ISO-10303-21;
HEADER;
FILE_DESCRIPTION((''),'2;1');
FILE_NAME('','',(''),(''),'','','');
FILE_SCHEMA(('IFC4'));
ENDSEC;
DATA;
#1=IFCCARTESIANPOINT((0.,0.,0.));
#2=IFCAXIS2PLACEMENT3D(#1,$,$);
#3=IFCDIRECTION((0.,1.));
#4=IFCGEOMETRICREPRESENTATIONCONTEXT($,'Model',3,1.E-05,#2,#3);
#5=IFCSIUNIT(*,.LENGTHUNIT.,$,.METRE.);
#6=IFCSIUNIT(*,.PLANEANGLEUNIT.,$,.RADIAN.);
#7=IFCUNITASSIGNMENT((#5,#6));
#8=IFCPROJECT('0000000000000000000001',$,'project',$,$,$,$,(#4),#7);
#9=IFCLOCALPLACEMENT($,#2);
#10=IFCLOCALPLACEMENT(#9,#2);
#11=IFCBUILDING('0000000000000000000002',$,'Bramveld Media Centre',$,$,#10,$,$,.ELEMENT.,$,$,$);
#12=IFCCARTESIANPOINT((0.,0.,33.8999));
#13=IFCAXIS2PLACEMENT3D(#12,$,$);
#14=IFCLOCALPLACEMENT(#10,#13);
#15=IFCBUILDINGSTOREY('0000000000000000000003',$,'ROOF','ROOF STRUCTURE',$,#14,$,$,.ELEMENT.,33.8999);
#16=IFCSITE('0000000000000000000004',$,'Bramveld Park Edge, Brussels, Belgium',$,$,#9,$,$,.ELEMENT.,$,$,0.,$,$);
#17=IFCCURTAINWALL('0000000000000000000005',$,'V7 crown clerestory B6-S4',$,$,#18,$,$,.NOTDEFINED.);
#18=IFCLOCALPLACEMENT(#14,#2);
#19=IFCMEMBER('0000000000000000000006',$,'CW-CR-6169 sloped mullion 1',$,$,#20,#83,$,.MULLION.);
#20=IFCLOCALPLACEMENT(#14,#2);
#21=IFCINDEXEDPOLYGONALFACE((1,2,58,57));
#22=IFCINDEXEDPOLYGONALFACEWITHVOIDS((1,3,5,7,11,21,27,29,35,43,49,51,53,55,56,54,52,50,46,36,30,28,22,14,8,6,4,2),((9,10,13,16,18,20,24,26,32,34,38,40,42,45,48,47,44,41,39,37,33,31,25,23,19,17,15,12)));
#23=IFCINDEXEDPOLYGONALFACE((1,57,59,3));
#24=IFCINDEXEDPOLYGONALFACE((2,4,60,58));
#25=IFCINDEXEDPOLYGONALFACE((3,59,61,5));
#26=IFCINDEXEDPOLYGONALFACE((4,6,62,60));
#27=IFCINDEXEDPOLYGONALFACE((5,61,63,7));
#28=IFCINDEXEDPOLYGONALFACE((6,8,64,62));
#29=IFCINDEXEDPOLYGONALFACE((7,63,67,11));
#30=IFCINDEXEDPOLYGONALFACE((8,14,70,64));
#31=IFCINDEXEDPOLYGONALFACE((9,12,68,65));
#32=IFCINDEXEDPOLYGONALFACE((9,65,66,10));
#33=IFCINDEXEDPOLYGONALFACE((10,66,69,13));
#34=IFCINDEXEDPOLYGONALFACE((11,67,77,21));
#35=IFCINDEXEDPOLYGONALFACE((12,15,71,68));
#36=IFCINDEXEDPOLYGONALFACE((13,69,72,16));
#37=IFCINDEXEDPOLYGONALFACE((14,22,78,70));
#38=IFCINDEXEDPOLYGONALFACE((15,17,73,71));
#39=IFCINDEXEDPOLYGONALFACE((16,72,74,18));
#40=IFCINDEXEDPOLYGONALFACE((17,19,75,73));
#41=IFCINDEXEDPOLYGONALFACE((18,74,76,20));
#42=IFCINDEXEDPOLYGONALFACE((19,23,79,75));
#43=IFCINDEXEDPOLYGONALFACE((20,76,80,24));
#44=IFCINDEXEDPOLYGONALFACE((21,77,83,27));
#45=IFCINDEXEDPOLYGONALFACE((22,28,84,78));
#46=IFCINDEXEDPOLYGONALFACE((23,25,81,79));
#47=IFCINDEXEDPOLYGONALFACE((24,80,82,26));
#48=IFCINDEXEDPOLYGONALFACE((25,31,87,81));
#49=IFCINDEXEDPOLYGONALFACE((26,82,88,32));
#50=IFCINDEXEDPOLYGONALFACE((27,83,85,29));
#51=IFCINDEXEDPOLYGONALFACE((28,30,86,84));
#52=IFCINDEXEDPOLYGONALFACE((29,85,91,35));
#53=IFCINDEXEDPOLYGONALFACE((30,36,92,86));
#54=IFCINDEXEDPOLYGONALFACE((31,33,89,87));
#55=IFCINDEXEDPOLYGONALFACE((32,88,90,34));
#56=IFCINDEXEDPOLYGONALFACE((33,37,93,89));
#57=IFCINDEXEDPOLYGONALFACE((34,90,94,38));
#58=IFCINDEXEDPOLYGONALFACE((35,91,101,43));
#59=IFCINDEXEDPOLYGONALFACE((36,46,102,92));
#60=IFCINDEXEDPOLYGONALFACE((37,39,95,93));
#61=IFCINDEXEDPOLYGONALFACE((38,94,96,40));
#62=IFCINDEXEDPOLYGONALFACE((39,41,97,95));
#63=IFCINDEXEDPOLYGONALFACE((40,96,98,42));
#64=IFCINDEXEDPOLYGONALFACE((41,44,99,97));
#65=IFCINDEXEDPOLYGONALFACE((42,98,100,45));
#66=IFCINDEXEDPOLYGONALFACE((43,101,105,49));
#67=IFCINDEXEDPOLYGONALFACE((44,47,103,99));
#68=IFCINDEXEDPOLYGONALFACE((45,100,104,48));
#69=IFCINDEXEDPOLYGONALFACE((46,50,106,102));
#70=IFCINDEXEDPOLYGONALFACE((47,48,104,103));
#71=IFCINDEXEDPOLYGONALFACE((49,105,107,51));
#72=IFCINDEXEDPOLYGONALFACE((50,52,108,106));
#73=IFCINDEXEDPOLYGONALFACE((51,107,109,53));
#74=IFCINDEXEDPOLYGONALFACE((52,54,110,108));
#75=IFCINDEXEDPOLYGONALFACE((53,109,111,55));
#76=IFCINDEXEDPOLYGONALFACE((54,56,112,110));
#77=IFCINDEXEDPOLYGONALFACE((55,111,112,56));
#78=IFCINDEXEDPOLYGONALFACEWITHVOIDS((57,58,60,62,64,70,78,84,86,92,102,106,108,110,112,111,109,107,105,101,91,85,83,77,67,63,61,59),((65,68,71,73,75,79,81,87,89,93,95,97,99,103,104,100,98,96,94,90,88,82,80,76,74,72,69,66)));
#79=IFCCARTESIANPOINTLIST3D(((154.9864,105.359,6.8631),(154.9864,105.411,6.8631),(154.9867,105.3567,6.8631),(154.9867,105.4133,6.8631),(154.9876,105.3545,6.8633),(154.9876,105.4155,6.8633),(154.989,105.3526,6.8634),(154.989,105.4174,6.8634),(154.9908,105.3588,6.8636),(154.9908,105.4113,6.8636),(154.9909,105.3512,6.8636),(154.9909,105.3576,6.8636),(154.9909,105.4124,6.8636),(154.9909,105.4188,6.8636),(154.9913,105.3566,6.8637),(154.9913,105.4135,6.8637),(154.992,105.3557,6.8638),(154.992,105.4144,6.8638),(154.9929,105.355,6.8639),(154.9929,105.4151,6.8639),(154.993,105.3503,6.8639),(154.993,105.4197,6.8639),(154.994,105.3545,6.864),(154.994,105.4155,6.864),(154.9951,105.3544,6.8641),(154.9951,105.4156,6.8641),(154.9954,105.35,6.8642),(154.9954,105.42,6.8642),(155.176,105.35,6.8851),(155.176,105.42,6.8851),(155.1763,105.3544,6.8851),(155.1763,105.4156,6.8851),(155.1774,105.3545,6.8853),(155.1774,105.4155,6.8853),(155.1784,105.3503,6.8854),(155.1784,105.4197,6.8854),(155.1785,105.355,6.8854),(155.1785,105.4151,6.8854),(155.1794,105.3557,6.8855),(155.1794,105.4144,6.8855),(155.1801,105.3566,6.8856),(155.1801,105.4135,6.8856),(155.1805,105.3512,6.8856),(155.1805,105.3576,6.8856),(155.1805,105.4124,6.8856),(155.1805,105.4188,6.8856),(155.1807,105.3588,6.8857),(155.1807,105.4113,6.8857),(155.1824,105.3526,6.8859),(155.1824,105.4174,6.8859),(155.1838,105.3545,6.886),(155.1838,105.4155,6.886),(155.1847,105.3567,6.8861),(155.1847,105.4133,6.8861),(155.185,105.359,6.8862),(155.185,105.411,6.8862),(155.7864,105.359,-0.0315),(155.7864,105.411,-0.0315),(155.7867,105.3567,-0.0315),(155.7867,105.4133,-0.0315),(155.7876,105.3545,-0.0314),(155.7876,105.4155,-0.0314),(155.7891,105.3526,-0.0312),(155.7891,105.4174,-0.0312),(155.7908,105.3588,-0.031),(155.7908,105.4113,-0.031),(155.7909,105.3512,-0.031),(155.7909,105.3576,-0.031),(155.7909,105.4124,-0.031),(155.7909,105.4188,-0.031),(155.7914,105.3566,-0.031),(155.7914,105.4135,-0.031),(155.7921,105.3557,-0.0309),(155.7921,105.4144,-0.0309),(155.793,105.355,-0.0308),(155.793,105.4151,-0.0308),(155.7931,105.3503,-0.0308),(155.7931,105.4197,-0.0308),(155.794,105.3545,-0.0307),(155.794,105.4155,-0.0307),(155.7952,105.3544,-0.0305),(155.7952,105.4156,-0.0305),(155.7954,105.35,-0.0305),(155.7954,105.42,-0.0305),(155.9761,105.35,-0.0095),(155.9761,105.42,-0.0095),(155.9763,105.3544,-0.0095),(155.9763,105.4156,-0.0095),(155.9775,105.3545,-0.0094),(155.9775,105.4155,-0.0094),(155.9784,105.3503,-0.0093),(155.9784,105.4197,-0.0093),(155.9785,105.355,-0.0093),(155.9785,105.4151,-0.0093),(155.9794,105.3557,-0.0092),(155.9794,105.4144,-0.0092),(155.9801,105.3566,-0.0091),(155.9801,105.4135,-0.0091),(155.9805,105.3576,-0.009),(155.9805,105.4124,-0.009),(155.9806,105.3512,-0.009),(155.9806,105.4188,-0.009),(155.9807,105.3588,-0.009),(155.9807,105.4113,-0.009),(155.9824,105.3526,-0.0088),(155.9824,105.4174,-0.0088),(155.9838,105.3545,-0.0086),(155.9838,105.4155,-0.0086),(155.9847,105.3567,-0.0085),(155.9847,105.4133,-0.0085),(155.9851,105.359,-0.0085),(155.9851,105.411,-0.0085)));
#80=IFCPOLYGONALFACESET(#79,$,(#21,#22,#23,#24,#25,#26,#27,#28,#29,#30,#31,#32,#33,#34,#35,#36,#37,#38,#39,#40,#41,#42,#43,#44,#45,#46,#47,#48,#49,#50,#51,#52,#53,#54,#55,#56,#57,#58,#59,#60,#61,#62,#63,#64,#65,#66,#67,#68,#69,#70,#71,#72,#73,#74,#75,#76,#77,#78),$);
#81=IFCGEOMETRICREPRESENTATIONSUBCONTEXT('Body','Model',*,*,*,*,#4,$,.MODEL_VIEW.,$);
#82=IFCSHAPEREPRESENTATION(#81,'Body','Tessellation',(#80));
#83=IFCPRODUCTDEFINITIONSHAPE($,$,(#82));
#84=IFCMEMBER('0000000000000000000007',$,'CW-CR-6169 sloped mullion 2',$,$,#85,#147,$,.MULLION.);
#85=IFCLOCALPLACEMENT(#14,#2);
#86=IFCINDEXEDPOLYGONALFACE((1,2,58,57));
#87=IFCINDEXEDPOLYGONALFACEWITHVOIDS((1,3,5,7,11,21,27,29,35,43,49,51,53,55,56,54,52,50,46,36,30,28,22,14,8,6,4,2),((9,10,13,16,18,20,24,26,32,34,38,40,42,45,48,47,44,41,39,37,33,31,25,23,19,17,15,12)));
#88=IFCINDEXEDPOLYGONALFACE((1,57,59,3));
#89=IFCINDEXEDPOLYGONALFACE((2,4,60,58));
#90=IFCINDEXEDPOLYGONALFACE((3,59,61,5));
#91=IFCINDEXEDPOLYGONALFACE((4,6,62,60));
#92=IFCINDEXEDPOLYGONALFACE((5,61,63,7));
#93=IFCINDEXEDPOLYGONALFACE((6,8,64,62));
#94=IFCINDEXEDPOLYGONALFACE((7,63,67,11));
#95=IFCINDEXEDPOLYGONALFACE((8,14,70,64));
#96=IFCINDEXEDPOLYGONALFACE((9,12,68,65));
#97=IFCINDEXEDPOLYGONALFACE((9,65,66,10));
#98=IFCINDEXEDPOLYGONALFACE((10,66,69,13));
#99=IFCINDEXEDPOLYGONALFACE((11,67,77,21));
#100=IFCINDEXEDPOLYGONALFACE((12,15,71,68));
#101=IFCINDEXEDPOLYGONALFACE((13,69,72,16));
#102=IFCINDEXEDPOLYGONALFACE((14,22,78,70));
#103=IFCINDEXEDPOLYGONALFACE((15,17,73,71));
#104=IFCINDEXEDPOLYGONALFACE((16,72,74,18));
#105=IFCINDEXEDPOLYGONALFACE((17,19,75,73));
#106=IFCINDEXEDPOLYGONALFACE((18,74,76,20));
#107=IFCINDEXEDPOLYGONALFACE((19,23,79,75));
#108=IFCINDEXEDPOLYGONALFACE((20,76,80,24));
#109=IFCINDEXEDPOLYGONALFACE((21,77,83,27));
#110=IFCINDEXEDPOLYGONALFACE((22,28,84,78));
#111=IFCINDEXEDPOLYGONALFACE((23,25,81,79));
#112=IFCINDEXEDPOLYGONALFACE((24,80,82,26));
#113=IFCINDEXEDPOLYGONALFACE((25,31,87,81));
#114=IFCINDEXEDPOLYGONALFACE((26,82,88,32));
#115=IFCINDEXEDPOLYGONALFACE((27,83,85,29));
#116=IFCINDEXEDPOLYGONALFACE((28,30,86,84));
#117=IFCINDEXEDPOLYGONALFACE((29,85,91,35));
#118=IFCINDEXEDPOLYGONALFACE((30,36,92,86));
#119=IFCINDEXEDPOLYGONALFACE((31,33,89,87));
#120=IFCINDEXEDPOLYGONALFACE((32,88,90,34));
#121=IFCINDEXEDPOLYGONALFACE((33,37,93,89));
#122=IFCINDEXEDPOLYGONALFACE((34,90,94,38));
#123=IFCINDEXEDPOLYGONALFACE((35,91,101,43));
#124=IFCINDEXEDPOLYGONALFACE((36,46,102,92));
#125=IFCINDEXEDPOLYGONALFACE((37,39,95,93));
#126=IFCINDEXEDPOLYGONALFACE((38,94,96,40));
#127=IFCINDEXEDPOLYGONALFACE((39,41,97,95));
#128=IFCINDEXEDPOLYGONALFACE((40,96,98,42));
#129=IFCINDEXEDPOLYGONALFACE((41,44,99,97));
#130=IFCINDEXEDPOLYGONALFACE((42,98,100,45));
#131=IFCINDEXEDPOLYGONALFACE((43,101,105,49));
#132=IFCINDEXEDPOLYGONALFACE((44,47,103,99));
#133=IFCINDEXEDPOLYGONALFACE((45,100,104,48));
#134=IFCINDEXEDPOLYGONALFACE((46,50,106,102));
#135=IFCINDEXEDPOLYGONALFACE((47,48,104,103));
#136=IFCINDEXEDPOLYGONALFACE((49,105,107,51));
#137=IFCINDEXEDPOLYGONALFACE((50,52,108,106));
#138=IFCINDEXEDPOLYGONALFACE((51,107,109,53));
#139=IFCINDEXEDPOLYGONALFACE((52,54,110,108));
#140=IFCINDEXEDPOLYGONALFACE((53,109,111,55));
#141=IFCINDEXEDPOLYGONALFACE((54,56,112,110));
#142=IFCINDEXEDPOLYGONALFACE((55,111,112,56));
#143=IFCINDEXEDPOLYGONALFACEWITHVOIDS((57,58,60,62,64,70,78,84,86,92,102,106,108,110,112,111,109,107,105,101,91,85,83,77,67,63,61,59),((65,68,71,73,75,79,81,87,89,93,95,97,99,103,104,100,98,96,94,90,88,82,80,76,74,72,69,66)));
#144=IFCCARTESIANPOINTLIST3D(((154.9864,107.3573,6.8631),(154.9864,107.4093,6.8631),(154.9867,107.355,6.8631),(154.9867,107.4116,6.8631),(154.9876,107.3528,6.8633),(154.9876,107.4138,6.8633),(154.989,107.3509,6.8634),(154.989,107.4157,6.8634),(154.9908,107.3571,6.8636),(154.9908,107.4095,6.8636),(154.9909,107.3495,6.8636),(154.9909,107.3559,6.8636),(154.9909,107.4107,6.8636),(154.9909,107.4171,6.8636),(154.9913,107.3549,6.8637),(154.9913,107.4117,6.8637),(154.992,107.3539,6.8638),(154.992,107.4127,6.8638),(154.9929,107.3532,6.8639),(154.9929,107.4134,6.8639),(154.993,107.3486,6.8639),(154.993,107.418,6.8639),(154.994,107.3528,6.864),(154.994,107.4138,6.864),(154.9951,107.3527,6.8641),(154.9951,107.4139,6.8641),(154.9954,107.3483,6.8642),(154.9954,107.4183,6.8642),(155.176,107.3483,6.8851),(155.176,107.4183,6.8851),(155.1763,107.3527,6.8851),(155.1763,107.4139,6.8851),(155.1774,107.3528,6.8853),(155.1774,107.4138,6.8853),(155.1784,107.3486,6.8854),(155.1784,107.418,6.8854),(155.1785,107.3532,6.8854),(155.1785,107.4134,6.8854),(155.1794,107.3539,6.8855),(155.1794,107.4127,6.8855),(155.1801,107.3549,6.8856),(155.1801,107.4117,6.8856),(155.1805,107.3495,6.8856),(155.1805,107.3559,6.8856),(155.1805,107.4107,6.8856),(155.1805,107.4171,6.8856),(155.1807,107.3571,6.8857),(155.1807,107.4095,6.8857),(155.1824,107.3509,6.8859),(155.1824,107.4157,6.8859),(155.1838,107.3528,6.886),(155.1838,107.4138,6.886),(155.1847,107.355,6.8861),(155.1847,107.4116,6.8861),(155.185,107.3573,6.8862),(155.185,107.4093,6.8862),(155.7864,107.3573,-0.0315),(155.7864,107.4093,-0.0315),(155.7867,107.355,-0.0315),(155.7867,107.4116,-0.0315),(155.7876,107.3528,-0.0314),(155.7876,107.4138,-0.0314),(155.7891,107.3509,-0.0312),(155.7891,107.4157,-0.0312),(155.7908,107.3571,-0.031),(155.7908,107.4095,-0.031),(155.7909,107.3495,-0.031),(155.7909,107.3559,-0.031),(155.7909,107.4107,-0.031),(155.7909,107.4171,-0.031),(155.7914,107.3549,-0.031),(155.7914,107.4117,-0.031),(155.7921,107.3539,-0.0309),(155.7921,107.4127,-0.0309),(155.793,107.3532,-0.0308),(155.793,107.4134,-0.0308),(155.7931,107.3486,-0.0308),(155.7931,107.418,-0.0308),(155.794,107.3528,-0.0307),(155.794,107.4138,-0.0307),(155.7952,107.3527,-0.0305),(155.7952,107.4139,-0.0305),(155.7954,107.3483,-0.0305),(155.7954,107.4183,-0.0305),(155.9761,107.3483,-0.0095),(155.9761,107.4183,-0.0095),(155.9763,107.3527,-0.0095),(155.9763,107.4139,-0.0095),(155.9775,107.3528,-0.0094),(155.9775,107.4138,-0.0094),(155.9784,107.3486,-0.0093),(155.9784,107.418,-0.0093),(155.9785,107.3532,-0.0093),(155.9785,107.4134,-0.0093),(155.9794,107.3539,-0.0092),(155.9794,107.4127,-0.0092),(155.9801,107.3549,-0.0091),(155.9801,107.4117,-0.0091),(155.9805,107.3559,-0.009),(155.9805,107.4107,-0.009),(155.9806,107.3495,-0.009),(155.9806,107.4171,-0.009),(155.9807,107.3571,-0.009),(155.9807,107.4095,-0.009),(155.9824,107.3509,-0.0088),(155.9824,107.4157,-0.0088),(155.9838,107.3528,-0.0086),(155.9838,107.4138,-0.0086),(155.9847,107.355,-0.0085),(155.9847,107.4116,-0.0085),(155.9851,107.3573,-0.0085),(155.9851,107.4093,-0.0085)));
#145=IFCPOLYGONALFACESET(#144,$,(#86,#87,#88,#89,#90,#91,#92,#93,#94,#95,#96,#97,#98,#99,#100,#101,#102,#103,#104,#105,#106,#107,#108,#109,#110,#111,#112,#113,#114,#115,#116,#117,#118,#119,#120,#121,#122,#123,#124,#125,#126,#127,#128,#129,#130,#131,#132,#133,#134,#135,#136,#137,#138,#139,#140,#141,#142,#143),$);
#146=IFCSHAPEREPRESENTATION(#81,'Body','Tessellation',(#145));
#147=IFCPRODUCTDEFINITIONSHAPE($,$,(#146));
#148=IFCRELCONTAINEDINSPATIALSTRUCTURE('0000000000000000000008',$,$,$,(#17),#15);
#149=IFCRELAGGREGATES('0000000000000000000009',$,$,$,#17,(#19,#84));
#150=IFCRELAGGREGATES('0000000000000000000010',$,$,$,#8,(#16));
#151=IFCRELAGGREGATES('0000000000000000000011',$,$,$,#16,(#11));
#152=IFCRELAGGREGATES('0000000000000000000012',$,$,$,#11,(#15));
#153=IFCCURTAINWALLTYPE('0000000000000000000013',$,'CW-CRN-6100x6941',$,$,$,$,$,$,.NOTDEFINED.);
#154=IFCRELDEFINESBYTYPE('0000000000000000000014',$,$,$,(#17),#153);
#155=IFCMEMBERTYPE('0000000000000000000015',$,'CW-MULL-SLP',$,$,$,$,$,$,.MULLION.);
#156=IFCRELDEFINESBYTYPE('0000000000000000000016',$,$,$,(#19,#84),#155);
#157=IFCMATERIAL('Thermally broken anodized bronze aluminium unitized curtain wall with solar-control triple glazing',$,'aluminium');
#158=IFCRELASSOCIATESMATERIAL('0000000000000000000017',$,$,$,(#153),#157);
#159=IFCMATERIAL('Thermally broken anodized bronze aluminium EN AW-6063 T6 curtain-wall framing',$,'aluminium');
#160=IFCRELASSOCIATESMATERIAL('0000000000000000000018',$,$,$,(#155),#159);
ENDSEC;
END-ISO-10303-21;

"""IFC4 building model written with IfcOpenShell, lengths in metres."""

from ifc_helpers import new_model, si_unit, direction, frame, origin, origin_2d, place, context, subcontext, project, spatial, hollow_rectangle, extrude, material, material_profile, profile_set, type_object, element, aggregate, save


model = new_model("IFC4")

# Units and contexts
model_context = context("Model", 3, precision=1e-05, world=origin(), true_north=direction((0.0, 1.0)))
body_context = subcontext(model_context, "Body", "Model", "MODEL_VIEW")
ifc_project = project(units=[si_unit("LENGTHUNIT", "METRE"), si_unit("PLANEANGLEUNIT", "RADIAN")], contexts=[model_context])

# Site, building, storey
site_placement = place(None, origin())
site = spatial("IfcSite", under=ifc_project, at=site_placement, Name="Bramveld Park Edge, Brussels, Belgium", CompositionType="ELEMENT", RefElevation=0.0)
building_placement = place(site_placement, origin())
building = spatial("IfcBuilding", under=site, at=building_placement, Name="Bramveld Media Centre", CompositionType="ELEMENT")
storey_placement = place(building_placement, frame((0.0, 0.0, 33.8999)))
storey = spatial("IfcBuildingStorey", under=building, at=storey_placement, Name="ROOF", Description="ROOF STRUCTURE", CompositionType="ELEMENT", Elevation=33.8999)

# Curtain wall, members
ifc_material_1 = material(Name="Thermally broken anodized bronze aluminium unitized curtain wall with solar-control triple glazing", Category="aluminium")
curtain_wall_type = type_object("IfcCurtainWallType", Name="CW-CRN-6100x6941", PredefinedType="NOTDEFINED", material=ifc_material_1)
curtain_wall_1_placement = place(storey_placement, origin())
curtain_wall_1 = element("IfcCurtainWall", 1, at=curtain_wall_1_placement, inside=storey, type_object=curtain_wall_type, Name="V7 crown clerestory B6-S4", PredefinedType="NOTDEFINED")
ifc_material_2 = material(Name="Thermally broken anodized bronze aluminium EN AW-6063 T6 curtain-wall framing", Category="aluminium")
ifc_material_profile_1 = material_profile(ifc_material_2, hollow_rectangle(XDim=0.0701, YDim=0.2, WallThickness=0.0044, InnerFilletRadius=0.0044, OuterFilletRadius=0.009, at=origin_2d()), Name="AL-MULL 70x200")
ifc_profile_set_1 = profile_set([ifc_material_profile_1], Name="Thermally broken anodized bronze aluminium EN AW-6063 T6 curtain-wall framing")
member_type_1 = type_object("IfcMemberType", Name="CW-MULL-SLP", PredefinedType="MULLION", material=ifc_profile_set_1)
member_1_placement = place(storey_placement, frame((155.8857, 105.385, -0.02), z_axis=(-0.115264, 0.0, 0.993335), x_axis=(0.0, -1.0, 0.0)))
member_1 = element("IfcMember", 2, at=member_1_placement, type_object=member_type_1, Name="CW-CR-6169 sloped mullion 1", PredefinedType="MULLION", context=body_context, shape_type="SweptSolid", body=[
    extrude(hollow_rectangle(XDim=0.0701, YDim=0.2, WallThickness=0.0044, InnerFilletRadius=0.0044, OuterFilletRadius=0.009, at=origin_2d()), origin(), (0.0, 0.0, 1.0), 6.9409),
])
member_2_placement = place(storey_placement, frame((155.8857, 107.3833, -0.02), z_axis=(-0.115264, 0.0, 0.993335), x_axis=(0.0, -1.0, 0.0)))
member_2 = element("IfcMember", 3, at=member_2_placement, type_object=member_type_1, Name="CW-CR-6169 sloped mullion 2", PredefinedType="MULLION", context=body_context, shape_type="SweptSolid", body=[
    extrude(hollow_rectangle(XDim=0.0701, YDim=0.2, WallThickness=0.0044, InnerFilletRadius=0.0044, OuterFilletRadius=0.009, at=origin_2d()), origin(), (0.0, 0.0, 1.0), 6.9409),
])

aggregate(curtain_wall_1, [member_1, member_2])

save(model, "model.ifc")
